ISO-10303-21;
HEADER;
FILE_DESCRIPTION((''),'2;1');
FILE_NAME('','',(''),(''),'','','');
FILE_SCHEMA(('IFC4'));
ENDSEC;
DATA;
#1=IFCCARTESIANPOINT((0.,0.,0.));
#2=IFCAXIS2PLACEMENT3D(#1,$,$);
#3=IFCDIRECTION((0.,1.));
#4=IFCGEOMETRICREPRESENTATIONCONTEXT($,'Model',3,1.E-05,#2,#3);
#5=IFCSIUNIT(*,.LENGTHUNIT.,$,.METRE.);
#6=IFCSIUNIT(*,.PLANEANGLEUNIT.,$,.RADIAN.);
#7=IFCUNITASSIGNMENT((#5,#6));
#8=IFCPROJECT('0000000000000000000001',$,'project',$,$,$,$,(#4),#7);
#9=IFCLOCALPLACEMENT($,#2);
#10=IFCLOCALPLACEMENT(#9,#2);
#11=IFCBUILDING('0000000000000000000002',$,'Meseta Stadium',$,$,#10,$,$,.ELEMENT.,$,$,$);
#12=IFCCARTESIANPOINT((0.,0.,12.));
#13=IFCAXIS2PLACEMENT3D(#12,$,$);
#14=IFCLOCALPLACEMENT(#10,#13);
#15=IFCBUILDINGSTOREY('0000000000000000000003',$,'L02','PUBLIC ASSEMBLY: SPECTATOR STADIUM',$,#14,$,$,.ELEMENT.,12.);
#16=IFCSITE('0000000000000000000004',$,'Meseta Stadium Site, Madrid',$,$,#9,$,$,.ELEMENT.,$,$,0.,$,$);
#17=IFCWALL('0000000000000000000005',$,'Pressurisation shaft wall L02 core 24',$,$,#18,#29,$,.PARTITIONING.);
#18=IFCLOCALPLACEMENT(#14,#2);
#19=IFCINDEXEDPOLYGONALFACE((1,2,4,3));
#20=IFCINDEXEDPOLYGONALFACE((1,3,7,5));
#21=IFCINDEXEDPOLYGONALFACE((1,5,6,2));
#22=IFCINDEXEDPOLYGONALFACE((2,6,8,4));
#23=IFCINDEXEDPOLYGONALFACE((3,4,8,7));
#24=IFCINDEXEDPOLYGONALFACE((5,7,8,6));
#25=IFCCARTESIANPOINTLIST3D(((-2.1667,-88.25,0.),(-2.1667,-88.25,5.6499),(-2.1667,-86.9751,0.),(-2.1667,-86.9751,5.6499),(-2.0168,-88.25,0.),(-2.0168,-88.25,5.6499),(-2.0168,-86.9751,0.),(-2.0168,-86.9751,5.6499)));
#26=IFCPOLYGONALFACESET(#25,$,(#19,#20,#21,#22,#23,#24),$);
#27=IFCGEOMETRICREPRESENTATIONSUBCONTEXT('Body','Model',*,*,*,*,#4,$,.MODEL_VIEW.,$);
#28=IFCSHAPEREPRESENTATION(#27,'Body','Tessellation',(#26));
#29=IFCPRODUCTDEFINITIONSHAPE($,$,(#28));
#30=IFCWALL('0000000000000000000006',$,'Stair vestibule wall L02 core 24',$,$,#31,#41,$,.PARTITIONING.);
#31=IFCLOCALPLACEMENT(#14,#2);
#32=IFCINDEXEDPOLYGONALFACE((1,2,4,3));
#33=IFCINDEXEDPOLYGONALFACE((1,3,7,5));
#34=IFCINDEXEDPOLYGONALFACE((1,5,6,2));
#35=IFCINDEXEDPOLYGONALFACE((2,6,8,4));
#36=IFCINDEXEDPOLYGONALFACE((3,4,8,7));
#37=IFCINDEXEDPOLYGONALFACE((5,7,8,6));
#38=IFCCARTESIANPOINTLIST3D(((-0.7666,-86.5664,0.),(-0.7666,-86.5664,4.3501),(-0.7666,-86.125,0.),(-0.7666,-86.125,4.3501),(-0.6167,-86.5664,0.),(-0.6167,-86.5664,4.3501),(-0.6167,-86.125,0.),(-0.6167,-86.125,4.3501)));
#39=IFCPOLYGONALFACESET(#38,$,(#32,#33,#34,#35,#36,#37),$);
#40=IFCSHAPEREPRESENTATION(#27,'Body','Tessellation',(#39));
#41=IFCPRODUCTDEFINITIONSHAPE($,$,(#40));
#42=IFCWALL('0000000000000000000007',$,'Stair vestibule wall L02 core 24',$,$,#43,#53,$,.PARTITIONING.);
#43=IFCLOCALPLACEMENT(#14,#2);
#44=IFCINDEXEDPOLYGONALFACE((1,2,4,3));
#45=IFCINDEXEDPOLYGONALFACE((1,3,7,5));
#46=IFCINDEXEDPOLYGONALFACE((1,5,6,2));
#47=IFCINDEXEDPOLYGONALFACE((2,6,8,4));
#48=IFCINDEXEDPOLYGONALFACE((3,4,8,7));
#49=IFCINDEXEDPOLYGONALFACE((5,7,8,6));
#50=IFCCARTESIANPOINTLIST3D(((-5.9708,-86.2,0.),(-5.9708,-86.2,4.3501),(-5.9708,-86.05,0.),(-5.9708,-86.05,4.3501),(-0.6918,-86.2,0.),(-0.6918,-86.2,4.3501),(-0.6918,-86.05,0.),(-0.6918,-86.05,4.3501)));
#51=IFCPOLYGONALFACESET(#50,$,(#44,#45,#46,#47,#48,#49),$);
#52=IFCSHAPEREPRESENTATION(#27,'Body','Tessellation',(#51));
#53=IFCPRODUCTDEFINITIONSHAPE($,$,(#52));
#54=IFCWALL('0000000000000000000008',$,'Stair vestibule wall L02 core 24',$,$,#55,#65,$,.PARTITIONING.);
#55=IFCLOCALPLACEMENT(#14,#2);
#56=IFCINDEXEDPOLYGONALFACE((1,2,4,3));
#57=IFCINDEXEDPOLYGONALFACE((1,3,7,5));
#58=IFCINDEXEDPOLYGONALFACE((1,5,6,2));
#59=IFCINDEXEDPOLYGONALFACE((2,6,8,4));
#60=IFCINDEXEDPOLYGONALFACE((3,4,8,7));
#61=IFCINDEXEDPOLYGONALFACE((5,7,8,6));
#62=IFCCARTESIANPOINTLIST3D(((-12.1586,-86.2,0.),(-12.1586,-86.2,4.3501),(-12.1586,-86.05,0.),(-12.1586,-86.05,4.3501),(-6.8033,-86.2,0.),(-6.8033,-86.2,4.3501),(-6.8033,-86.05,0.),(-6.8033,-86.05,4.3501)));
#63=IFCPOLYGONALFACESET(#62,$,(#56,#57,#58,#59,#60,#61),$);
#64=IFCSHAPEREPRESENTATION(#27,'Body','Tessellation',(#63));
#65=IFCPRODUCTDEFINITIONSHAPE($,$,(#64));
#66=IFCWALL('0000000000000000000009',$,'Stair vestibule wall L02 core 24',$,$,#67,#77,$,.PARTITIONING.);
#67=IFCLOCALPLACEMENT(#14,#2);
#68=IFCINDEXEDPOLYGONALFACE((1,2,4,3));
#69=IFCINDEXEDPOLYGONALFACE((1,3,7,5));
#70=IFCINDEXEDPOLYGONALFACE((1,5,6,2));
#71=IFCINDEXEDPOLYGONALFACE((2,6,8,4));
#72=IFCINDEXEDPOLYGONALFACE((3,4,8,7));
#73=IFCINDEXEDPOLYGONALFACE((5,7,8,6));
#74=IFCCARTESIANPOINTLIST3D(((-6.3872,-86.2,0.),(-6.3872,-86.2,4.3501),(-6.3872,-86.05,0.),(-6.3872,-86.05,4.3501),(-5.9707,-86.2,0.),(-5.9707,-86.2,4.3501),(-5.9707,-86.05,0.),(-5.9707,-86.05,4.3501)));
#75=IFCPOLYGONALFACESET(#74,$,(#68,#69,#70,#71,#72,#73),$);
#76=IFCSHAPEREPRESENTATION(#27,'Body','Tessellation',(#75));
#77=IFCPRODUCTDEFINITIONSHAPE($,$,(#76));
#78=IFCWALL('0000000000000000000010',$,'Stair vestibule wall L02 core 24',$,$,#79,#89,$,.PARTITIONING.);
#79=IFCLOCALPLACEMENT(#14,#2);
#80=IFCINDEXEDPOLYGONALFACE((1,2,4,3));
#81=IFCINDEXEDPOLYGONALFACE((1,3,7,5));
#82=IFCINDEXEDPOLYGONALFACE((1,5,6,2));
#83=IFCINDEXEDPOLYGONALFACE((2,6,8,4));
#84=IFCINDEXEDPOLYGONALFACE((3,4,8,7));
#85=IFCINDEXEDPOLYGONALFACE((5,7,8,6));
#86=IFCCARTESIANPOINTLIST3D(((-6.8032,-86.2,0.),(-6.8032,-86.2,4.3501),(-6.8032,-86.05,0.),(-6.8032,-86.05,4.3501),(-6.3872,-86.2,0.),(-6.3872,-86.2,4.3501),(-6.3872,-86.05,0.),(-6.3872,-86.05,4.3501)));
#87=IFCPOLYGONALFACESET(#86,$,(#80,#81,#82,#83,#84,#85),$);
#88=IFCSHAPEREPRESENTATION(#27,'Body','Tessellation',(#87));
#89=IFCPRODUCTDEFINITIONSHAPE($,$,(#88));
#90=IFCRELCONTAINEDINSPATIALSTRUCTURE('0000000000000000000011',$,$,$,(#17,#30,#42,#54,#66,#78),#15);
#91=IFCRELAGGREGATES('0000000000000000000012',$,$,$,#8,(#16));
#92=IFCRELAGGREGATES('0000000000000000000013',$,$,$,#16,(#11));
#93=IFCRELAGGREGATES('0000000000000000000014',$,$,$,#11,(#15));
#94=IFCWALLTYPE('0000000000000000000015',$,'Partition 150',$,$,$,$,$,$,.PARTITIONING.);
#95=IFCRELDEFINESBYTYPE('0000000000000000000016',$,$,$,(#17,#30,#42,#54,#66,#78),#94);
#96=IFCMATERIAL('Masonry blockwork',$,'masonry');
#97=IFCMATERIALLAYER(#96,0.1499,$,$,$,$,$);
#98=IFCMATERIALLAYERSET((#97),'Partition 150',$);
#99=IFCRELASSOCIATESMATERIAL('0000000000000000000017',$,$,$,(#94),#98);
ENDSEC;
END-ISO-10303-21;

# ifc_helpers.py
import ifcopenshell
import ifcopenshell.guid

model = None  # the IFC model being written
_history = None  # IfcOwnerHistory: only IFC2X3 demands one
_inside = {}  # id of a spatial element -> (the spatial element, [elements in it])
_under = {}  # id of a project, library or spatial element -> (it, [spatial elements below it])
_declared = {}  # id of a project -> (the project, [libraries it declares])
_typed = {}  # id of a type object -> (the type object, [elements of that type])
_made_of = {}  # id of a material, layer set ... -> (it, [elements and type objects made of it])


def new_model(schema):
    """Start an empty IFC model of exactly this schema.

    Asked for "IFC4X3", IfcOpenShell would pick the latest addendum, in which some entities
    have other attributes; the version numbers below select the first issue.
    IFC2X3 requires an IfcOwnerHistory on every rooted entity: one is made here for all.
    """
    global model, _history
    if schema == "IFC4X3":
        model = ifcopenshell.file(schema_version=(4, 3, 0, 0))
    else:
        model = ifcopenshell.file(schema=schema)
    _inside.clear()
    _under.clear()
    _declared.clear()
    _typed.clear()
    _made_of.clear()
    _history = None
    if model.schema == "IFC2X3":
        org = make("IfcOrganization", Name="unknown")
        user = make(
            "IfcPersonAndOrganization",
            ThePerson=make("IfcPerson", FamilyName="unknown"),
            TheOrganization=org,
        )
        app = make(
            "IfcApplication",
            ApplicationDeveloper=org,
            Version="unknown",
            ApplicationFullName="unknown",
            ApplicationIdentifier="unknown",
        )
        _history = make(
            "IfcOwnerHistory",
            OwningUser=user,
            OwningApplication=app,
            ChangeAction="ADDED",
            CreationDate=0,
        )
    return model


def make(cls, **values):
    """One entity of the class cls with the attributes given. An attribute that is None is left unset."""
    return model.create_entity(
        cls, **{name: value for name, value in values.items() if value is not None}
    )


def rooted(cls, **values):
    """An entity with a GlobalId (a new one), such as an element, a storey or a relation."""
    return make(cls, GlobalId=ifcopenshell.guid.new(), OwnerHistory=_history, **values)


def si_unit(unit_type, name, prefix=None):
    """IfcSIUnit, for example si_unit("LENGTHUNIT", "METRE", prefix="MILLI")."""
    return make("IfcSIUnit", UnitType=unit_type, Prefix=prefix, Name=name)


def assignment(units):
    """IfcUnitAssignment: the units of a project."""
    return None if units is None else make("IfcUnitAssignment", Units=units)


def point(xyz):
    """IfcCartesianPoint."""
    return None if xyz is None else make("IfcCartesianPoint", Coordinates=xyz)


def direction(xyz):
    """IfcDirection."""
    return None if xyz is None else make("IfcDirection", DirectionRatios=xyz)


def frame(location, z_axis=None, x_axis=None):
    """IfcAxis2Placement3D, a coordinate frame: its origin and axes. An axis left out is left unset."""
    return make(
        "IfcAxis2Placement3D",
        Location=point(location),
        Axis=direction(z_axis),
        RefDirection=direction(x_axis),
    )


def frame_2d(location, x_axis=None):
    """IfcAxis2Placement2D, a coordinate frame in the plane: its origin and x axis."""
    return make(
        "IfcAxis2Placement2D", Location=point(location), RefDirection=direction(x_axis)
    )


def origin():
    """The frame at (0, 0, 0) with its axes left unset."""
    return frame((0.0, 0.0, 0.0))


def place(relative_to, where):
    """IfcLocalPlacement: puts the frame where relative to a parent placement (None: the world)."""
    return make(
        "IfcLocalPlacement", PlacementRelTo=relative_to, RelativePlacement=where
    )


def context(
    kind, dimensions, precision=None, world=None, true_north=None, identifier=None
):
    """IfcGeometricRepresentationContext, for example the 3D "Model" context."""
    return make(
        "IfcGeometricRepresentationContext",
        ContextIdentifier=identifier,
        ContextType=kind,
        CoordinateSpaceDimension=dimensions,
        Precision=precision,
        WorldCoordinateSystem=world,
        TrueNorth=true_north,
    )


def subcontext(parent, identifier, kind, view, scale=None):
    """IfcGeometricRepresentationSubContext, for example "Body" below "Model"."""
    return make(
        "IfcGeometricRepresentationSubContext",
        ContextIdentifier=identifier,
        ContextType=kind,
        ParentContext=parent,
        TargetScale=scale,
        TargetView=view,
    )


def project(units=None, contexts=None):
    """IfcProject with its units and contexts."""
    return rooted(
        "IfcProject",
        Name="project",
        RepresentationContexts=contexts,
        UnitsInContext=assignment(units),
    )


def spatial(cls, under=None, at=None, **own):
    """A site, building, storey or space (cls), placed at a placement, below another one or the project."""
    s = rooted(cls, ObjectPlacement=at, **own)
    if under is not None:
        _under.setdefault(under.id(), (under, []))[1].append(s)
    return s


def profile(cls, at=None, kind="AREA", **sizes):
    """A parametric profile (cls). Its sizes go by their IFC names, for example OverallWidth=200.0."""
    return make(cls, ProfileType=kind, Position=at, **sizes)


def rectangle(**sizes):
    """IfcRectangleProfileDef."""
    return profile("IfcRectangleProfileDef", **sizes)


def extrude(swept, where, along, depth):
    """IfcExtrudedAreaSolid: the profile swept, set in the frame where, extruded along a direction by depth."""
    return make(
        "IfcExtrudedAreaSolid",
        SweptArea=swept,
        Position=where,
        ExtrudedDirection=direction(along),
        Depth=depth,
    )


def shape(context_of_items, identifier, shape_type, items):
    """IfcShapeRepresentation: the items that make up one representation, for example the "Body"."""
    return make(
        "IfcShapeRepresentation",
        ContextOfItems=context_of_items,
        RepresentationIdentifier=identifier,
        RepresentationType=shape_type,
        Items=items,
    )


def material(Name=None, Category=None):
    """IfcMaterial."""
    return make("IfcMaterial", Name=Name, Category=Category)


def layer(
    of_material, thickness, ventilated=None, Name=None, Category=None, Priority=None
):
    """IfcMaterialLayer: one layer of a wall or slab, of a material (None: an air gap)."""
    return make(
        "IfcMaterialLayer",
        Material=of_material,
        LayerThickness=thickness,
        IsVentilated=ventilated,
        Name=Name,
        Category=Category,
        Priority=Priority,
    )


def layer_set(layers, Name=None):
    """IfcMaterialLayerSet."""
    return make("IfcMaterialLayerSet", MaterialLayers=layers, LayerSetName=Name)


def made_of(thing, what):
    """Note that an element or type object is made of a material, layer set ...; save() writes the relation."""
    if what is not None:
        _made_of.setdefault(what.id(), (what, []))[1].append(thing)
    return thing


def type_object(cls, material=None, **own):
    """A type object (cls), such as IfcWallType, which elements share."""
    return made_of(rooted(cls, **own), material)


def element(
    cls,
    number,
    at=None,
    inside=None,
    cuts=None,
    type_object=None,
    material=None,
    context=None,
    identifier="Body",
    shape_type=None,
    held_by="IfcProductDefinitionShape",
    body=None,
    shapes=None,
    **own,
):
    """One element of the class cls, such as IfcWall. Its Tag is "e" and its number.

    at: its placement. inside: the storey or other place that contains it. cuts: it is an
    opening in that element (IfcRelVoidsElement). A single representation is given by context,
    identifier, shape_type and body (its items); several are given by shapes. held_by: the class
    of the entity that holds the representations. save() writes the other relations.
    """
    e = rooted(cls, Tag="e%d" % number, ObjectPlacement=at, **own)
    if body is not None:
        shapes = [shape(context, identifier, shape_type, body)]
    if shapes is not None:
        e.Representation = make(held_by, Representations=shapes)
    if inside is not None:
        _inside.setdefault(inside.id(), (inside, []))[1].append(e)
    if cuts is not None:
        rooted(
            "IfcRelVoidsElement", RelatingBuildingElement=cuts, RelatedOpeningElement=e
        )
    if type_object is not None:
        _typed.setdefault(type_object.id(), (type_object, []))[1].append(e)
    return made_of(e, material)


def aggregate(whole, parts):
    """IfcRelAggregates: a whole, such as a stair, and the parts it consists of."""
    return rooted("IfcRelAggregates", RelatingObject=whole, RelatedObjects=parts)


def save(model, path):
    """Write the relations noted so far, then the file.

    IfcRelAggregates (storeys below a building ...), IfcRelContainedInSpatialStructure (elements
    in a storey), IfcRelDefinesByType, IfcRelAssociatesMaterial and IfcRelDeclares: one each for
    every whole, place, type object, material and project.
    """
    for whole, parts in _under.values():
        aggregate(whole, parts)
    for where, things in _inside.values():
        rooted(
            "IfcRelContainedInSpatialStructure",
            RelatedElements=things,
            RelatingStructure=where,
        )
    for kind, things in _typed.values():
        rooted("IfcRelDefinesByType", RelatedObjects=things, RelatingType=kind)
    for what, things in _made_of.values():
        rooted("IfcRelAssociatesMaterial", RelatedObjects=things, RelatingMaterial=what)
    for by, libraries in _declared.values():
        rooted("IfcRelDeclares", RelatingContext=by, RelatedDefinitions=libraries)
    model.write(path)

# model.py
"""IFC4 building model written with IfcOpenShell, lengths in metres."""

from ifc_helpers import new_model, si_unit, direction, frame, frame_2d, origin, place, context, subcontext, project, spatial, rectangle, extrude, material, layer, layer_set, type_object, element, save


model = new_model("IFC4")

# Units and contexts
model_context = context("Model", 3, precision=1e-05, world=origin(), true_north=direction((0.0, 1.0)))
body_context = subcontext(model_context, "Body", "Model", "MODEL_VIEW")
ifc_project = project(units=[si_unit("LENGTHUNIT", "METRE"), si_unit("PLANEANGLEUNIT", "RADIAN")], contexts=[model_context])

# Site, building, storey
site_placement = place(None, origin())
site = spatial("IfcSite", under=ifc_project, at=site_placement, Name="Meseta Stadium Site, Madrid", CompositionType="ELEMENT", RefElevation=0.0)
building_placement = place(site_placement, origin())
building = spatial("IfcBuilding", under=site, at=building_placement, Name="Meseta Stadium", CompositionType="ELEMENT")
storey_placement = place(building_placement, frame((0.0, 0.0, 12.0)))
storey = spatial("IfcBuildingStorey", under=building, at=storey_placement, Name="L02", Description="PUBLIC ASSEMBLY: SPECTATOR STADIUM", CompositionType="ELEMENT", Elevation=12.0)

# Walls
ifc_material_1 = material(Name="Masonry blockwork", Category="masonry")
ifc_layer_1 = layer(ifc_material_1, 0.1499)
ifc_layer_set_1 = layer_set([ifc_layer_1], Name="Partition 150")
wall_type = type_object("IfcWallType", Name="Partition 150", PredefinedType="PARTITIONING", material=ifc_layer_set_1)
wall_1_placement = place(storey_placement, frame((-2.0918, -86.9751, 0.0), z_axis=(0.0, 0.0, 1.0), x_axis=(0.0, -1.0, 0.0)))
element("IfcWall", 1, at=wall_1_placement, inside=storey, type_object=wall_type, Name="Pressurisation shaft wall L02 core 24", PredefinedType="PARTITIONING", context=body_context, shape_type="SweptSolid", body=[
    extrude(rectangle(XDim=1.2749, YDim=0.1499, at=frame_2d((0.6375, 0.0))), origin(), (0.0, 0.0, 1.0), 5.6499),
])
wall_2_placement = place(storey_placement, frame((-0.6917, -86.5664, 0.0), z_axis=(0.0, 0.0, 1.0), x_axis=(0.0, 1.0, 0.0)))
element("IfcWall", 2, at=wall_2_placement, inside=storey, type_object=wall_type, Name="Stair vestibule wall L02 core 24", PredefinedType="PARTITIONING", context=body_context, shape_type="SweptSolid", body=[
    extrude(rectangle(XDim=0.4414, YDim=0.1499, at=frame_2d((0.2207, 0.0))), origin(), (0.0, 0.0, 1.0), 4.3501),
])
wall_3_placement = place(storey_placement, frame((-0.6917, -86.125, 0.0), z_axis=(0.0, 0.0, 1.0), x_axis=(-1.0, 0.0, 0.0)))
element("IfcWall", 3, at=wall_3_placement, inside=storey, type_object=wall_type, Name="Stair vestibule wall L02 core 24", PredefinedType="PARTITIONING", context=body_context, shape_type="SweptSolid", body=[
    extrude(rectangle(XDim=5.2791, YDim=0.1499, at=frame_2d((2.6396, 0.0))), origin(), (0.0, 0.0, 1.0), 4.3501),
])
wall_4_placement = place(storey_placement, frame((-6.8032, -86.125, 0.0), z_axis=(0.0, 0.0, 1.0), x_axis=(-1.0, 0.0, 0.0)))
element("IfcWall", 4, at=wall_4_placement, inside=storey, type_object=wall_type, Name="Stair vestibule wall L02 core 24", PredefinedType="PARTITIONING", context=body_context, shape_type="SweptSolid", body=[
    extrude(rectangle(XDim=5.3552, YDim=0.1499, at=frame_2d((2.6777, 0.0))), origin(), (0.0, 0.0, 1.0), 4.3501),
])
wall_5_placement = place(storey_placement, frame((-5.9707, -86.125, 0.0), z_axis=(0.0, 0.0, 1.0), x_axis=(-1.0, 0.0, 0.0)))
element("IfcWall", 5, at=wall_5_placement, inside=storey, type_object=wall_type, Name="Stair vestibule wall L02 core 24", PredefinedType="PARTITIONING", context=body_context, shape_type="SweptSolid", body=[
    extrude(rectangle(XDim=0.4165, YDim=0.1499, at=frame_2d((0.2083, 0.0))), origin(), (0.0, 0.0, 1.0), 4.3501),
])
wall_6_placement = place(storey_placement, frame((-6.3872, -86.125, 0.0), z_axis=(0.0, 0.0, 1.0), x_axis=(-1.0, 0.0, 0.0)))
element("IfcWall", 6, at=wall_6_placement, inside=storey, type_object=wall_type, Name="Stair vestibule wall L02 core 24", PredefinedType="PARTITIONING", context=body_context, shape_type="SweptSolid", body=[
    extrude(rectangle(XDim=0.416, YDim=0.1499, at=frame_2d((0.208, 0.0))), origin(), (0.0, 0.0, 1.0), 4.3501),
])

save(model, "model.ifc")
